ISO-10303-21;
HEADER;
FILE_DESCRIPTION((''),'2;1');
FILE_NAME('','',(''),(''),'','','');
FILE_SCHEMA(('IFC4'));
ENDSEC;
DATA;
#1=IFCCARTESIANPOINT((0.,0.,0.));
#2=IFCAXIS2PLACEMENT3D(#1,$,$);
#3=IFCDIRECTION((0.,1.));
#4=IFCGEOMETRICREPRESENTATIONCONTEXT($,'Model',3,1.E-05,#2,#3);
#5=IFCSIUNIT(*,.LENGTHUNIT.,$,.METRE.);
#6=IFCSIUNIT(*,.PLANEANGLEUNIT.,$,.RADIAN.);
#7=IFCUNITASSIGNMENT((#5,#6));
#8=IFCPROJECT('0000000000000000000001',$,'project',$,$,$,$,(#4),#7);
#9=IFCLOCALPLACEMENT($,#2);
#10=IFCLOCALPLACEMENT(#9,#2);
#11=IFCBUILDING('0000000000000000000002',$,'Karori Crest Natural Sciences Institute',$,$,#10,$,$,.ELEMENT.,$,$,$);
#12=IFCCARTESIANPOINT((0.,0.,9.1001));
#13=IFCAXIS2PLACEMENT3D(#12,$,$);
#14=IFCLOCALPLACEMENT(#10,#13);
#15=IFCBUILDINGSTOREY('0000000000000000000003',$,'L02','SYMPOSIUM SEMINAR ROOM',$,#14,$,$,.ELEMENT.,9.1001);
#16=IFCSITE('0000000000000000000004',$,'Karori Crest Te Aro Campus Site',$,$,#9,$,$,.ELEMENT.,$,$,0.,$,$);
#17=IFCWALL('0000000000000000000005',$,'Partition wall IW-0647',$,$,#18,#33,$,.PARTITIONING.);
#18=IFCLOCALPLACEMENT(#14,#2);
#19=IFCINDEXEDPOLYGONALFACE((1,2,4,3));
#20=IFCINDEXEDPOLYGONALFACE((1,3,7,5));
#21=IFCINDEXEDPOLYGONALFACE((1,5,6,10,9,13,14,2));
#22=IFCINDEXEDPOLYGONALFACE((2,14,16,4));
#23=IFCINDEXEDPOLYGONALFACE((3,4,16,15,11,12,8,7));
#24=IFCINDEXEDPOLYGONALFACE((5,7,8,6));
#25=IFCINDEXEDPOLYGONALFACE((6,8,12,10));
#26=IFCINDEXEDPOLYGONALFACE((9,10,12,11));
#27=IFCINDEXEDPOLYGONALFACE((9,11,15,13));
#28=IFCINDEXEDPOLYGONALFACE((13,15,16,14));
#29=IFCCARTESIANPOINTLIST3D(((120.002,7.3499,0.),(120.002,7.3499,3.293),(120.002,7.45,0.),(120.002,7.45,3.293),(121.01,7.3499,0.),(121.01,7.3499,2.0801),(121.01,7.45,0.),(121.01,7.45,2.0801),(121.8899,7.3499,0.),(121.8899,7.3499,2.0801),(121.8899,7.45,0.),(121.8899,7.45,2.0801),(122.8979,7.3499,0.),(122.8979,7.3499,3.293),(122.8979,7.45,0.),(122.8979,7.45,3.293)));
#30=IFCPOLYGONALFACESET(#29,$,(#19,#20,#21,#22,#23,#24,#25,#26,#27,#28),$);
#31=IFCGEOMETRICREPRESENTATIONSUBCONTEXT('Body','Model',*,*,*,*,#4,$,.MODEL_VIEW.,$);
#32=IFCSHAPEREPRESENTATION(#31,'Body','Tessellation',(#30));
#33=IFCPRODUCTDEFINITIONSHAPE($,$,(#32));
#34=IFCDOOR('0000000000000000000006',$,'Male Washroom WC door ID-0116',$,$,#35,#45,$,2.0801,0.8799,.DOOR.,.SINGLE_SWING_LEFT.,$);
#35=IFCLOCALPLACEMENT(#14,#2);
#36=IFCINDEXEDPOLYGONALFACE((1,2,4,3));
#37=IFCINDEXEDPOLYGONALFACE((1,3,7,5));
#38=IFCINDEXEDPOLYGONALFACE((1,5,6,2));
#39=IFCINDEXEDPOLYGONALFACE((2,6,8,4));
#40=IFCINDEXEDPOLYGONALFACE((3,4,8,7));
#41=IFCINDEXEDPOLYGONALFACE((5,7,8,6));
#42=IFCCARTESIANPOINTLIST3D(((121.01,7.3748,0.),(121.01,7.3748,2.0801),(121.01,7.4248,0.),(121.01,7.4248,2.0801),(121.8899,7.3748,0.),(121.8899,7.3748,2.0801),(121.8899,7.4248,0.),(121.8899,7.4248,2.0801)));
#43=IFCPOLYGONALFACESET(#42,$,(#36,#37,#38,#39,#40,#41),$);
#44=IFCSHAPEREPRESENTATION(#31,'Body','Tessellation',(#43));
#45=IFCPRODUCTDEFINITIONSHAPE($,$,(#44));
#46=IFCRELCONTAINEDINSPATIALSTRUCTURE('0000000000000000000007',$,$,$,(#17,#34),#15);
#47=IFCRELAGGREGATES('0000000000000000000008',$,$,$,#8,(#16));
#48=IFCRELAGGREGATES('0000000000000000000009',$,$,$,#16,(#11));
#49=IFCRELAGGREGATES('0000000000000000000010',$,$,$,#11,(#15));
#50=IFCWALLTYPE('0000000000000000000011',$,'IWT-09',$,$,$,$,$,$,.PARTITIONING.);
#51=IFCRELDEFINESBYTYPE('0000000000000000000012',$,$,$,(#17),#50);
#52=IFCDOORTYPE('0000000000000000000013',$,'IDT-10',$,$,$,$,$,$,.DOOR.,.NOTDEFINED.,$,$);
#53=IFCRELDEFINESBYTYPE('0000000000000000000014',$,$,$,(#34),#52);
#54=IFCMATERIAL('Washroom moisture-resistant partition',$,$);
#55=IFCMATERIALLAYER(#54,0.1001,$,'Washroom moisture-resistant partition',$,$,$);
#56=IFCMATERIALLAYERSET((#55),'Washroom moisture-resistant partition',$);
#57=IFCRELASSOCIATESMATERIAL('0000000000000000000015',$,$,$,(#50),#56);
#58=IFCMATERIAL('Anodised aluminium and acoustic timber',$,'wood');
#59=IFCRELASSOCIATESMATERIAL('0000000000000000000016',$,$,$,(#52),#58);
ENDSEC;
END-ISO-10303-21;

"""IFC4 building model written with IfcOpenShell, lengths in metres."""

from ifc_helpers import new_model, si_unit, direction, frame, frame_2d, origin, place, context, subcontext, project, spatial, rectangle, extrude, material, layer, layer_set, type_object, element, fill, save


model = new_model("IFC4")

# Units and contexts
model_context = context("Model", 3, precision=1e-05, world=origin(), true_north=direction((0.0, 1.0)))
body_context = subcontext(model_context, "Body", "Model", "MODEL_VIEW")
ifc_project = project(units=[si_unit("LENGTHUNIT", "METRE"), si_unit("PLANEANGLEUNIT", "RADIAN")], contexts=[model_context])

# Site, building, storey
site_placement = place(None, origin())
site = spatial("IfcSite", under=ifc_project, at=site_placement, Name="Karori Crest Te Aro Campus Site", CompositionType="ELEMENT", RefElevation=0.0)
building_placement = place(site_placement, origin())
building = spatial("IfcBuilding", under=site, at=building_placement, Name="Karori Crest Natural Sciences Institute", CompositionType="ELEMENT")
storey_placement = place(building_placement, frame((0.0, 0.0, 9.1001)))
storey = spatial("IfcBuildingStorey", under=building, at=storey_placement, Name="L02", Description="SYMPOSIUM SEMINAR ROOM", CompositionType="ELEMENT", Elevation=9.1001)

# Shared definitions
ifc_material_1 = material(Name="Anodised aluminium and acoustic timber", Category="wood")

# Shared definitions
ifc_material_2 = material(Name="Washroom moisture-resistant partition")
ifc_layer_1 = layer(ifc_material_2, 0.1001, Name="Washroom moisture-resistant partition")
ifc_layer_set_1 = layer_set([ifc_layer_1], Name="Washroom moisture-resistant partition")
wall_type_1 = type_object("IfcWallType", Name="IWT-09", PredefinedType="PARTITIONING", material=ifc_layer_set_1)

# Shared definitions
door_type_1 = type_object("IfcDoorType", Name="IDT-10", OperationType="NOTDEFINED", PredefinedType="DOOR", material=ifc_material_1)

# Wall, opening, door
wall_1_placement = place(storey_placement, frame((120.002, 7.3999, 0.0), z_axis=(0.0, 0.0, 1.0), x_axis=(1.0, 0.0, 0.0)))
wall_1 = element("IfcWall", 1, at=wall_1_placement, inside=storey, type_object=wall_type_1, Name="Partition wall IW-0647", PredefinedType="PARTITIONING", context=body_context, shape_type="SweptSolid", body=[
    extrude(rectangle(XDim=2.896, YDim=0.1001, at=frame_2d((1.448, 0.0))), origin(), (0.0, 0.0, 1.0), 3.293),
])
opening_1_placement = place(wall_1_placement, frame((1.0081, 0.0, 0.0)))
opening_1 = element("IfcOpeningElement", 2, at=opening_1_placement, cuts=wall_1, PredefinedType="OPENING", context=body_context, shape_type="SweptSolid", body=[
    extrude(rectangle(XDim=0.8799, YDim=2.0801, at=frame_2d((0.4399, 1.04))), frame((0.0, 0.0601, 0.0), z_axis=(0.0, -1.0, 0.0), x_axis=(1.0, 0.0, 0.0)), (0.0, 0.0, 1.0), 0.1201),
])
door_1_placement = place(opening_1_placement, origin())
door_1 = element("IfcDoor", 3, at=door_1_placement, inside=storey, type_object=door_type_1, Name="Male Washroom WC door ID-0116", OperationType="SINGLE_SWING_LEFT", OverallHeight=2.0801, OverallWidth=0.8799, PredefinedType="DOOR", context=body_context, shape_type="SweptSolid", body=[
    extrude(rectangle(XDim=0.8799, YDim=2.0801, at=frame_2d((0.4399, 1.04))), frame((0.0, 0.0249, 0.0), z_axis=(0.0, -1.0, 0.0), x_axis=(1.0, 0.0, 0.0)), (0.0, 0.0, 1.0), 0.05),
])
fill(opening_1, door_1)

save(model, "model.ifc")
